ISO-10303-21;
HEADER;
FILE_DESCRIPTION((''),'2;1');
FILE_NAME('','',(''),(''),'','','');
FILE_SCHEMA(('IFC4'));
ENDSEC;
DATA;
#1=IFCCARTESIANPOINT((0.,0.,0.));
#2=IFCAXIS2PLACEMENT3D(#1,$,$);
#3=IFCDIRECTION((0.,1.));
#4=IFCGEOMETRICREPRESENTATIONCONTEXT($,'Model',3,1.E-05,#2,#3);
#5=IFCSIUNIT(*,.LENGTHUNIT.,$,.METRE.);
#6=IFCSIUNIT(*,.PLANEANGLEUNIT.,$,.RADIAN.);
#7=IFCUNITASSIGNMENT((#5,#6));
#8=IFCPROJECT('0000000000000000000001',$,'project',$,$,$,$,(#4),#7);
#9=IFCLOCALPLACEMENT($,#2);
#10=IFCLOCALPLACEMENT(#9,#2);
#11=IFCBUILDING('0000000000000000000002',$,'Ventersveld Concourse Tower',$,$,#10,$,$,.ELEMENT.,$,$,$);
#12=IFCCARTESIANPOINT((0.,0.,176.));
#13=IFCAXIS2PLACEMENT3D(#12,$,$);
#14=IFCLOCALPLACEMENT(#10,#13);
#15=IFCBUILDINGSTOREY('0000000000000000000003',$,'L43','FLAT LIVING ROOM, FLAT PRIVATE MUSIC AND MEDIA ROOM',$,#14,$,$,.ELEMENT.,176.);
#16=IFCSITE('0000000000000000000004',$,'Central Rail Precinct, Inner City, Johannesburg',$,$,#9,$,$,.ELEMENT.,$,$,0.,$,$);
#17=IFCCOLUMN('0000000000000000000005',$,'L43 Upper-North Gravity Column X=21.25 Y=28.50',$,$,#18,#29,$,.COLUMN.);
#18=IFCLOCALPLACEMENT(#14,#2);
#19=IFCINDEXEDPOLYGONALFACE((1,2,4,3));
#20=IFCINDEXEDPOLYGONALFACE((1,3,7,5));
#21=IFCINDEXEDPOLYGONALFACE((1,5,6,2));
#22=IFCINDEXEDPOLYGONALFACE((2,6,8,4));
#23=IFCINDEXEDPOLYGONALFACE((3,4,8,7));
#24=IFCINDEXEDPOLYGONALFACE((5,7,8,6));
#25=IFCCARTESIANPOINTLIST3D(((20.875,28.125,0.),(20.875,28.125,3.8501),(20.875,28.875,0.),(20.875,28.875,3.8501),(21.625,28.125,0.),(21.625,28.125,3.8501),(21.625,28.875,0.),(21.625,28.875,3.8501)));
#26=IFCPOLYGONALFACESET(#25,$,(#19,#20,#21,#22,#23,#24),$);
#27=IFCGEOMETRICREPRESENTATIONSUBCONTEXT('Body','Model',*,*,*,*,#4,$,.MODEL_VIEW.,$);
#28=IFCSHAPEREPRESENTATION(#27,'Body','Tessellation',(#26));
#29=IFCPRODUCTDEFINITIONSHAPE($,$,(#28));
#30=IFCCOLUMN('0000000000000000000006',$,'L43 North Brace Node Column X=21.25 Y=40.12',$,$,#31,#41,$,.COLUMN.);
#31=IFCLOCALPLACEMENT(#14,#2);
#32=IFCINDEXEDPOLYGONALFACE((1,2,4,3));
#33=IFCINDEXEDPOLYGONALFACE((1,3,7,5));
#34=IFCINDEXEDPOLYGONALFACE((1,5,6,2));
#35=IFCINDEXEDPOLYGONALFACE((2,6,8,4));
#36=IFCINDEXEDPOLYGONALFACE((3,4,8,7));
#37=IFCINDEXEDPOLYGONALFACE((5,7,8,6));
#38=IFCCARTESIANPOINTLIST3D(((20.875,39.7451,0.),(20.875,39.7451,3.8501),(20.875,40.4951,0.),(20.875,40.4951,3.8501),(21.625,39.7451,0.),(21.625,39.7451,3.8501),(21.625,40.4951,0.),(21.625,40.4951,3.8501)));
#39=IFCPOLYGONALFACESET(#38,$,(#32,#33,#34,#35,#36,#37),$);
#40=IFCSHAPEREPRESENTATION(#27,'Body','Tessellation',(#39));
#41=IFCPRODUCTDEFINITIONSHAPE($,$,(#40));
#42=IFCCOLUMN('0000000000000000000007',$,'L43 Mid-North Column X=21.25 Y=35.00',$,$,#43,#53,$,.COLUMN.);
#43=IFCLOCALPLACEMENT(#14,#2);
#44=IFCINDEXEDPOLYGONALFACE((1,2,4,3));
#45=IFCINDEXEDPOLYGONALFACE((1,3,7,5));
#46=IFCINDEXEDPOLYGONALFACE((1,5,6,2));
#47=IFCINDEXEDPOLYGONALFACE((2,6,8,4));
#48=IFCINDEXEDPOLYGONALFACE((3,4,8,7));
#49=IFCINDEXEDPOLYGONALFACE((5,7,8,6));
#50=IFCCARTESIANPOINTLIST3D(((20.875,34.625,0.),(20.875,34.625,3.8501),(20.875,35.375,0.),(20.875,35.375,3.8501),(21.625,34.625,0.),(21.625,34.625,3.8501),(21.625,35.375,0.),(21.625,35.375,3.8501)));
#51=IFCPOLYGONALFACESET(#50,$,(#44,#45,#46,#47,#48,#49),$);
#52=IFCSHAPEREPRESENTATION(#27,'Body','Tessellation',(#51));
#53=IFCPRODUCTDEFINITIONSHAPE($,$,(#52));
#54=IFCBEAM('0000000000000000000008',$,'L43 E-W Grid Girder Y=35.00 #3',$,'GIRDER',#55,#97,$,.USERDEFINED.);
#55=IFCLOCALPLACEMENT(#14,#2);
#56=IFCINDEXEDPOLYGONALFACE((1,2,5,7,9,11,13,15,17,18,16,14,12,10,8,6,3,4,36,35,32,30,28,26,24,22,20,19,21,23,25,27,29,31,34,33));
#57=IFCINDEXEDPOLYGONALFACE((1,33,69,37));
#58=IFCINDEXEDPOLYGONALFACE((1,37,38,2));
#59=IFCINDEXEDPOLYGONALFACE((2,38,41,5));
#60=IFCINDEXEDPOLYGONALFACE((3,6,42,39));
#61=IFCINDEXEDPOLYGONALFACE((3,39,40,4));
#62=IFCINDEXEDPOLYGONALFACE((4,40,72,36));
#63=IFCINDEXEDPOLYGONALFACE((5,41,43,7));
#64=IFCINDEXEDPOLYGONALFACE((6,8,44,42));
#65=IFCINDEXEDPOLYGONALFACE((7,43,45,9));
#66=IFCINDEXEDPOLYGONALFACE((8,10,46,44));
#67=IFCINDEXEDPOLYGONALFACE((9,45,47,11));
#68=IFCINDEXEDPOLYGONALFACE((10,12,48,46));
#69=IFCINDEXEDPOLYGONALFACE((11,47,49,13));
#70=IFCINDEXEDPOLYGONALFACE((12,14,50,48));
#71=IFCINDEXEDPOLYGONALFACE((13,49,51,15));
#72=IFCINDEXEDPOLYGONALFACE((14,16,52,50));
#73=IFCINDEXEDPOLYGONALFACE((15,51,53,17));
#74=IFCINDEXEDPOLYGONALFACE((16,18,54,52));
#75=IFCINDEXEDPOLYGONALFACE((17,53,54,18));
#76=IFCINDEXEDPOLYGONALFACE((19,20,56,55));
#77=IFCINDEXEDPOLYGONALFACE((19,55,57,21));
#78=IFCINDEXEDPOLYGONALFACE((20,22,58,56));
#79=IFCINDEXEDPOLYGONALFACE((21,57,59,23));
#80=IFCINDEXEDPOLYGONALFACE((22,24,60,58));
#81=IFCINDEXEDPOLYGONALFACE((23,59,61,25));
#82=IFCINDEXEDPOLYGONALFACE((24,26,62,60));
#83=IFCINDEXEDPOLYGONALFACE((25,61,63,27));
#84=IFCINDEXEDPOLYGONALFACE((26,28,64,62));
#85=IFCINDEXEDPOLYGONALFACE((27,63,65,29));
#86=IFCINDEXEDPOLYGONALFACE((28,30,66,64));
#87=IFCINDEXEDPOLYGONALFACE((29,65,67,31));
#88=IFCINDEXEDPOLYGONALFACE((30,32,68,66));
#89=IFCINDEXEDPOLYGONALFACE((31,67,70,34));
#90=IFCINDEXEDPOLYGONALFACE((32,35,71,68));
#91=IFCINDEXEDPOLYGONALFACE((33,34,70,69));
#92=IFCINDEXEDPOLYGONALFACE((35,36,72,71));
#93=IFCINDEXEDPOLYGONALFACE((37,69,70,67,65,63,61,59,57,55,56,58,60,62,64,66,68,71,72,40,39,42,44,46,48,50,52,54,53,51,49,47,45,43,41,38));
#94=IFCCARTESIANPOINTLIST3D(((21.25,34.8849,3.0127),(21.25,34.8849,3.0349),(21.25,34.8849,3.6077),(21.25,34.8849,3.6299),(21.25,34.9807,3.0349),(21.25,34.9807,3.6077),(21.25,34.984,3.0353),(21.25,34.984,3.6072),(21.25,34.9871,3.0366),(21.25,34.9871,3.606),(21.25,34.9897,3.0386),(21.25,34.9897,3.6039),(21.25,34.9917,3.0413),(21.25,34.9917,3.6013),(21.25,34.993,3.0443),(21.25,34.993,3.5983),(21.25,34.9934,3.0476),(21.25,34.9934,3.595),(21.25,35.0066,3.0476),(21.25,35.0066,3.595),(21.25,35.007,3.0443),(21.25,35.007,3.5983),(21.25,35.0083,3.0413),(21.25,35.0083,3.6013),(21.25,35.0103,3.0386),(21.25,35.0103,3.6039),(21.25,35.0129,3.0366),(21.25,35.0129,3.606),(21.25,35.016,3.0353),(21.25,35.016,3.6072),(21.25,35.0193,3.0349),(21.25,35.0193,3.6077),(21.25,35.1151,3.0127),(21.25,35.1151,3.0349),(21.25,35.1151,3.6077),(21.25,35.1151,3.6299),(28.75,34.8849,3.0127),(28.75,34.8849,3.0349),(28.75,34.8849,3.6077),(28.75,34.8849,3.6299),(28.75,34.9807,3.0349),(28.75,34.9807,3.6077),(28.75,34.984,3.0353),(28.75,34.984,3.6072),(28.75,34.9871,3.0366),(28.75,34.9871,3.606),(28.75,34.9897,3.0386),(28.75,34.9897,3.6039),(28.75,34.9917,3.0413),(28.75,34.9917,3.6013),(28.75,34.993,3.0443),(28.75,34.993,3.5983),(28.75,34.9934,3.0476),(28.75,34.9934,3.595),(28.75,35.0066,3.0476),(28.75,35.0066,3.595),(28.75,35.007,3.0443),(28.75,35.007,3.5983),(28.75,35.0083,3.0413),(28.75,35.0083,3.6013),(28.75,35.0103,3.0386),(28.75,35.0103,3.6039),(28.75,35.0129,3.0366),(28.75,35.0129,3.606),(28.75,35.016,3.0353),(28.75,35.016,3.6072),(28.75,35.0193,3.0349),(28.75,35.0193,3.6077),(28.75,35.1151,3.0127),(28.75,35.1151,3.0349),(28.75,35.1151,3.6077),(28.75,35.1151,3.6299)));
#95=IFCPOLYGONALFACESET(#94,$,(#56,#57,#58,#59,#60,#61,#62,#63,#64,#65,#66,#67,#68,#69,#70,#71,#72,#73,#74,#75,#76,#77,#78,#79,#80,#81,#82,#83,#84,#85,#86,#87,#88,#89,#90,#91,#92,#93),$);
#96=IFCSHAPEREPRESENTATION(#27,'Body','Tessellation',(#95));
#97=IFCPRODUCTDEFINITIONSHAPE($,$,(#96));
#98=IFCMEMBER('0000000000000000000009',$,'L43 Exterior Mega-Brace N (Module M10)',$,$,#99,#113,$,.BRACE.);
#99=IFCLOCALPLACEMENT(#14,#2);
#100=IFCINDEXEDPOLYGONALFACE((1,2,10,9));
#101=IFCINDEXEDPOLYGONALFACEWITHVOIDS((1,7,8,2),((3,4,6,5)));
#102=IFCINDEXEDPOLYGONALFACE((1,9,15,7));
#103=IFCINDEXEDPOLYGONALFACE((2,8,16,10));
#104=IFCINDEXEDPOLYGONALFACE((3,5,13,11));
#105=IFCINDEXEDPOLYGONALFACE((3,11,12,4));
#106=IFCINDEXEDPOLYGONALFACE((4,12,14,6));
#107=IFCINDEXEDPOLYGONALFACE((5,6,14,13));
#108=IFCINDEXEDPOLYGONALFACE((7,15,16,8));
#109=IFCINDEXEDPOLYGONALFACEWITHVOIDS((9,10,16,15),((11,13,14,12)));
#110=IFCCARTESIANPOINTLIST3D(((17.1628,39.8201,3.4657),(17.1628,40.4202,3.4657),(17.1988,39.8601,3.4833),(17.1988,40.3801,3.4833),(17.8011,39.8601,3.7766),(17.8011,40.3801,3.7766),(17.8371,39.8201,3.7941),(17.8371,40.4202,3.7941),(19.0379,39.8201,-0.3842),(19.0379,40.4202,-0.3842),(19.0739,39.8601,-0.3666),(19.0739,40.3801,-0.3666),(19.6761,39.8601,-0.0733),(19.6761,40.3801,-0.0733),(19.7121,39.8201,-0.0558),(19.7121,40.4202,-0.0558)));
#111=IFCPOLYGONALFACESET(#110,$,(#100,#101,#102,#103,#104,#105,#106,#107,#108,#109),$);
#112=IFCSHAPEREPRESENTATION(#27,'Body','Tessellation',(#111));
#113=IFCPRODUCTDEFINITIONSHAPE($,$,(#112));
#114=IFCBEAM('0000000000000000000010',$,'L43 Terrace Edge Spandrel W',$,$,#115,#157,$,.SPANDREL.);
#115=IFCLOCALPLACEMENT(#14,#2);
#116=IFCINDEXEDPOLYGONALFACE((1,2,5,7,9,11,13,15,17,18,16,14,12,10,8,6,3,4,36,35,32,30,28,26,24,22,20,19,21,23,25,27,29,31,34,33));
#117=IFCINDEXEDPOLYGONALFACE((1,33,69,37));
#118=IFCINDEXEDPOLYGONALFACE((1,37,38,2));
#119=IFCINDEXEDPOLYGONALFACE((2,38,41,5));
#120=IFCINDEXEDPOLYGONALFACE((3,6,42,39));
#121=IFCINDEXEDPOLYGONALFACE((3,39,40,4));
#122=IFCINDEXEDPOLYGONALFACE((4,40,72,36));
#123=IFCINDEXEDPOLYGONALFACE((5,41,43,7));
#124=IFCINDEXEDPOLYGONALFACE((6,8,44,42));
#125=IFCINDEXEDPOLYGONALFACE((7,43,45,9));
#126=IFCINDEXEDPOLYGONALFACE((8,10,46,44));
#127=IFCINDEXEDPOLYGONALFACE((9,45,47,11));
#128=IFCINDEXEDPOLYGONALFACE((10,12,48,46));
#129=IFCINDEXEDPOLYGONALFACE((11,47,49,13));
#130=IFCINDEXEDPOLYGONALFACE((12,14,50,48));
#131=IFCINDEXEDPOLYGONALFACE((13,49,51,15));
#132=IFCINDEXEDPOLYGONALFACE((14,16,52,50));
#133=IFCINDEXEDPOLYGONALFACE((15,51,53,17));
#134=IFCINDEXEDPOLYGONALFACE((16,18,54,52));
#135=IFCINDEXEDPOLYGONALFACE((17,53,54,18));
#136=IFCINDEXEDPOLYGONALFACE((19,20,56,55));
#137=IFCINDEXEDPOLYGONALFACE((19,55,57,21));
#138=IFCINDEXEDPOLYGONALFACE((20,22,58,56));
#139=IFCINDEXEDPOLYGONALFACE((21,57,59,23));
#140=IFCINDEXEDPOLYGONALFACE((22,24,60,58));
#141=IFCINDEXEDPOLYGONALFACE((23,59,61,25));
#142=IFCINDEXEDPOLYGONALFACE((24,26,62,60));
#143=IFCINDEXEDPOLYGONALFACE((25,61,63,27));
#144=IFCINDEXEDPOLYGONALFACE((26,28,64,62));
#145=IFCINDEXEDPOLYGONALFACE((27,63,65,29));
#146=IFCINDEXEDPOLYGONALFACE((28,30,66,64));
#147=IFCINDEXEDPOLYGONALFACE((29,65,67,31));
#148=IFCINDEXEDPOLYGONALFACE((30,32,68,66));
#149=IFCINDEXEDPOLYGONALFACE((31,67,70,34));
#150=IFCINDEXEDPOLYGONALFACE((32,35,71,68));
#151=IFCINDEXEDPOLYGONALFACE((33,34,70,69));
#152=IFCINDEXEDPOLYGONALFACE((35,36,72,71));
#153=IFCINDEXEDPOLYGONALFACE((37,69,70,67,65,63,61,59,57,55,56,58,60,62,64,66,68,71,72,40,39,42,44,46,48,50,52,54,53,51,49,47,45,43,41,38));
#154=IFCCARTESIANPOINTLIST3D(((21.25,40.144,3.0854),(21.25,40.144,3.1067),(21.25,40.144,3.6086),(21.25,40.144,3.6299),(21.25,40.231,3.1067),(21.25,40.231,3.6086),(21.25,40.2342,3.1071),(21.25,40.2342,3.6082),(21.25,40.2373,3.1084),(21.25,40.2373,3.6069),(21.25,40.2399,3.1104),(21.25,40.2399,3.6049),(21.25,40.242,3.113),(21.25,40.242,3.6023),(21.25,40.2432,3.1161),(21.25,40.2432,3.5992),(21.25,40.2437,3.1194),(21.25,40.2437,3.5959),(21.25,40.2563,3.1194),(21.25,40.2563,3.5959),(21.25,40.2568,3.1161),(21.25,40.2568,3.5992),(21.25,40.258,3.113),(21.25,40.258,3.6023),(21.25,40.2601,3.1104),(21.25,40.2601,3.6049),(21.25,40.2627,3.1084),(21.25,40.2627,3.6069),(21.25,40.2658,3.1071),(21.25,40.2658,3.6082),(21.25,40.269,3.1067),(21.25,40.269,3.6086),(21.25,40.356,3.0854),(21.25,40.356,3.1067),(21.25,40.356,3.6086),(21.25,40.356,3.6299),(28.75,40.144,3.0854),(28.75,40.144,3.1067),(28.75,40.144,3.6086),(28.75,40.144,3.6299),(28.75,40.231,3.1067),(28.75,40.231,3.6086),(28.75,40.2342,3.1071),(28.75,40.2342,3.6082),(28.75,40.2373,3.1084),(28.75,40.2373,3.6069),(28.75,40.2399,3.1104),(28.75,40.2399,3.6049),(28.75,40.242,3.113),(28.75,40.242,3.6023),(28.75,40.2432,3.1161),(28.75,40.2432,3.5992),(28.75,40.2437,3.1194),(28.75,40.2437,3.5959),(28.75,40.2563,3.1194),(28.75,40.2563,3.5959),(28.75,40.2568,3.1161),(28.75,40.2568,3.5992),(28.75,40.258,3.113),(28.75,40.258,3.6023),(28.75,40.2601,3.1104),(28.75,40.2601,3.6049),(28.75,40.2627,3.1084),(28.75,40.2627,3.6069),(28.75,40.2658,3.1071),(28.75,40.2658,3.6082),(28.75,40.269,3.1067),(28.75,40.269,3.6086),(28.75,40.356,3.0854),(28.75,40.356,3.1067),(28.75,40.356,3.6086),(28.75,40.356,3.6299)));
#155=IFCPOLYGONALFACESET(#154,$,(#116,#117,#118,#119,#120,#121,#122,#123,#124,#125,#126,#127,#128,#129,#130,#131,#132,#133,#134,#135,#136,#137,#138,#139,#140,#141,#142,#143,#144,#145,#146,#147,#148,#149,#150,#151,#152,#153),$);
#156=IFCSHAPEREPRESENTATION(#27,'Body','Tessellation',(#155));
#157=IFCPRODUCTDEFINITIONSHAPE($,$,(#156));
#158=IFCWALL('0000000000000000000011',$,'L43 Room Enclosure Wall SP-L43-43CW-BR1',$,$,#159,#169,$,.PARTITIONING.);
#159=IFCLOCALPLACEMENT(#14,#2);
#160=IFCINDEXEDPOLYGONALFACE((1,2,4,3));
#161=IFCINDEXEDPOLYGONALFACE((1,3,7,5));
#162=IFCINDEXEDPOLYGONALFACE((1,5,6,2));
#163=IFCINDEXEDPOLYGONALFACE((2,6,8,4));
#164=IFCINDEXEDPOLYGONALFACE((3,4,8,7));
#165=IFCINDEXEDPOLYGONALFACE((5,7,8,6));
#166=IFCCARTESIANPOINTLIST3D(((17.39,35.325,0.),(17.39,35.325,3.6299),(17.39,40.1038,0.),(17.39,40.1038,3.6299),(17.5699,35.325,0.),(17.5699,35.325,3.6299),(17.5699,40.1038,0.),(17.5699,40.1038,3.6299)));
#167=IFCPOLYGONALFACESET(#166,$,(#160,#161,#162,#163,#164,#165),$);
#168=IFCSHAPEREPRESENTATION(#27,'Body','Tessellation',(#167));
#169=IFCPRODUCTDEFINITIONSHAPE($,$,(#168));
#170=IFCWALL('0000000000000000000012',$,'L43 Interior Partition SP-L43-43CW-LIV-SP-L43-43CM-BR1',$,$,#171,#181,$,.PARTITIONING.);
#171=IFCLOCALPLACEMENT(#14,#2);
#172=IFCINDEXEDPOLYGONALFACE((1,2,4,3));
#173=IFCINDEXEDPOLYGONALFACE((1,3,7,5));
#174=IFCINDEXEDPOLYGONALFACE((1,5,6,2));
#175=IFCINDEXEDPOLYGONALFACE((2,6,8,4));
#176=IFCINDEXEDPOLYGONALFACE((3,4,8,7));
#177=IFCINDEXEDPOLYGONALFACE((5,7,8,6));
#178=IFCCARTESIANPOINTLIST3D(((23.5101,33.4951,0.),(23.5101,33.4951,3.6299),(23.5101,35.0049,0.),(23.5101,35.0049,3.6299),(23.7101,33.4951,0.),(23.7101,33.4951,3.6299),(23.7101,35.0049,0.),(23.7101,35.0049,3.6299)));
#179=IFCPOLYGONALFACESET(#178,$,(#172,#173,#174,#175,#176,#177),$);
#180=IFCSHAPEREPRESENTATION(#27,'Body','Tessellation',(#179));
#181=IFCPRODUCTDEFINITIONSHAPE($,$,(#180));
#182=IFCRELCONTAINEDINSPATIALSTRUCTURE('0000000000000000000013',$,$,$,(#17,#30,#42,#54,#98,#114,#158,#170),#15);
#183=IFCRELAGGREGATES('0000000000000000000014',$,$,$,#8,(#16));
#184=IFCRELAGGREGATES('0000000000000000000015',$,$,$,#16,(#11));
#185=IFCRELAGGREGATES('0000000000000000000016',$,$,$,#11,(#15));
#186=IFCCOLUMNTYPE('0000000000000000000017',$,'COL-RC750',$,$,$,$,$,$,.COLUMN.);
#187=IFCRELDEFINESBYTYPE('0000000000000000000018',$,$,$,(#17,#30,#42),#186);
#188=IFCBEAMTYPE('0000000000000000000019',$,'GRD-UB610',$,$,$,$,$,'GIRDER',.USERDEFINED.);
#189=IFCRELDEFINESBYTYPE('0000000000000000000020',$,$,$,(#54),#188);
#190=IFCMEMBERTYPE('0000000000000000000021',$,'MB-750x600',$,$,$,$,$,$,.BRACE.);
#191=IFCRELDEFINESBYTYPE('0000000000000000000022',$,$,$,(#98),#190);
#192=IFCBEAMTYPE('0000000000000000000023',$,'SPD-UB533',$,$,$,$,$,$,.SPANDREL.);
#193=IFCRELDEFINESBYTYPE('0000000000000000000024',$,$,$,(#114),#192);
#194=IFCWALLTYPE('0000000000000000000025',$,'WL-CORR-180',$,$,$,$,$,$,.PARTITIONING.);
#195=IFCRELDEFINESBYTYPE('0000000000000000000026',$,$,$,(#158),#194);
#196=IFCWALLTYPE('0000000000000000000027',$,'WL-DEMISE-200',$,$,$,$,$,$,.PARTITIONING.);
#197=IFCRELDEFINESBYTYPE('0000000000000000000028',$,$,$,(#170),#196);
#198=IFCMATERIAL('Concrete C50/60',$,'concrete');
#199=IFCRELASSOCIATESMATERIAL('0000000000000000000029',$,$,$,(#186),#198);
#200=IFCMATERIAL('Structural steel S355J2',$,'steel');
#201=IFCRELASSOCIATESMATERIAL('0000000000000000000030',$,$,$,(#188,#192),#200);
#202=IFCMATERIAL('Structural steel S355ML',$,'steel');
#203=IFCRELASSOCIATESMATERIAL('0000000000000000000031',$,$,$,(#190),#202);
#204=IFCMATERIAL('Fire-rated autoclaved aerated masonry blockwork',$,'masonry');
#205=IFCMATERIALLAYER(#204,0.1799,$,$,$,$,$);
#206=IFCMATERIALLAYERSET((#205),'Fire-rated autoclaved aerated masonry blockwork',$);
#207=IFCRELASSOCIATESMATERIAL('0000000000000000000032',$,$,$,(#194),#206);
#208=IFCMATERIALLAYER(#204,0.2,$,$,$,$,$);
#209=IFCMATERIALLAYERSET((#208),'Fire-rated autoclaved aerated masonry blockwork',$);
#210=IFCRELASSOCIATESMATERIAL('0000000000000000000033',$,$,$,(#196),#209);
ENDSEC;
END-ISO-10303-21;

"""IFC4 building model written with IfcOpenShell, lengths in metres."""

from ifc_helpers import new_model, si_unit, direction, frame, frame_2d, origin, origin_2d, place, context, subcontext, project, spatial, rectangle, hollow_rectangle, i_section, extrude, material, layer, layer_set, material_profile, profile_set, type_object, element, save


model = new_model("IFC4")

# Units and contexts
model_context = context("Model", 3, precision=1e-05, world=origin(), true_north=direction((0.0, 1.0)))
body_context = subcontext(model_context, "Body", "Model", "MODEL_VIEW")
ifc_project = project(units=[si_unit("LENGTHUNIT", "METRE"), si_unit("PLANEANGLEUNIT", "RADIAN")], contexts=[model_context])

# Site, building, storey
site_placement = place(None, origin())
site = spatial("IfcSite", under=ifc_project, at=site_placement, Name="Central Rail Precinct, Inner City, Johannesburg", CompositionType="ELEMENT", RefElevation=0.0)
building_placement = place(site_placement, origin())
building = spatial("IfcBuilding", under=site, at=building_placement, Name="Ventersveld Concourse Tower", CompositionType="ELEMENT")
storey_placement = place(building_placement, frame((0.0, 0.0, 176.0)))
storey = spatial("IfcBuildingStorey", under=building, at=storey_placement, Name="L43", Description="FLAT LIVING ROOM, FLAT PRIVATE MUSIC AND MEDIA ROOM", CompositionType="ELEMENT", Elevation=176.0)

# Columns
ifc_material_1 = material(Name="Concrete C50/60", Category="concrete")
ifc_material_profile_1 = material_profile(ifc_material_1, rectangle(XDim=0.75, YDim=0.75, at=origin_2d()), Name="RC 750x750")
ifc_profile_set_1 = profile_set([ifc_material_profile_1], Name="Concrete C50/60")
column_type = type_object("IfcColumnType", Name="COL-RC750", PredefinedType="COLUMN", material=ifc_profile_set_1)
for number, where, z_axis, x_axis, name in (
    (1, (21.25, 28.5, 0.0), (0.0, 0.0, 1.0), (1.0, 0.0, 0.0), "L43 Upper-North Gravity Column X=21.25 Y=28.50"),
    (2, (21.25, 40.1201, 0.0), (0.0, 0.0, 1.0), (1.0, 0.0, 0.0), "L43 North Brace Node Column X=21.25 Y=40.12"),
    (3, (21.25, 35.0, 0.0), (0.0, 0.0, 1.0), (1.0, 0.0, 0.0), "L43 Mid-North Column X=21.25 Y=35.00"),
):
    element("IfcColumn", number, at=place(storey_placement, frame(where, z_axis=z_axis, x_axis=x_axis)), inside=storey, type_object=column_type, Name=name, PredefinedType="COLUMN", context=body_context, shape_type="SweptSolid", body=[
        extrude(rectangle(XDim=0.75, YDim=0.75, at=origin_2d()), origin(), (0.0, 0.0, 1.0), 3.8501),
    ])

# Beam
ifc_material_2 = material(Name="Structural steel S355J2", Category="steel")
ifc_material_profile_2 = material_profile(ifc_material_2, i_section(OverallWidth=0.2302, OverallDepth=0.6172, WebThickness=0.0132, FlangeThickness=0.0222, FilletRadius=0.0127, at=origin_2d()), Name="UB 610x229x140")
ifc_profile_set_2 = profile_set([ifc_material_profile_2], Name="Structural steel S355J2")
beam_type_1 = type_object("IfcBeamType", Name="GRD-UB610", ElementType="GIRDER", PredefinedType="USERDEFINED", material=ifc_profile_set_2)
beam_1_placement = place(storey_placement, frame((21.25, 35.0, 3.3213), z_axis=(1.0, 0.0, 0.0), x_axis=(0.0, 1.0, 0.0)))
element("IfcBeam", 4, at=beam_1_placement, inside=storey, type_object=beam_type_1, Name="L43 E-W Grid Girder Y=35.00 #3", ObjectType="GIRDER", PredefinedType="USERDEFINED", context=body_context, shape_type="SweptSolid", body=[
    extrude(i_section(OverallWidth=0.2302, OverallDepth=0.6172, WebThickness=0.0132, FlangeThickness=0.0222, FilletRadius=0.0127, at=origin_2d()), origin(), (0.0, 0.0, 1.0), 7.5),
])

# Member
ifc_material_3 = material(Name="Structural steel S355ML", Category="steel")
ifc_material_profile_3 = material_profile(ifc_material_3, hollow_rectangle(XDim=0.6001, YDim=0.75, WallThickness=0.04, at=origin_2d()), Name="BOX 750x600x40")
ifc_profile_set_3 = profile_set([ifc_material_profile_3], Name="Structural steel S355ML")
member_type = type_object("IfcMemberType", Name="MB-750x600", PredefinedType="BRACE", material=ifc_profile_set_3)
member_placement = place(storey_placement, frame((19.375, 40.1201, -0.22), z_axis=(-0.437862, 0.0, 0.899042), x_axis=(0.0, -1.0, 0.0)))
element("IfcMember", 5, at=member_placement, inside=storey, type_object=member_type, Name="L43 Exterior Mega-Brace N (Module M10)", PredefinedType="BRACE", context=body_context, shape_type="SweptSolid", body=[
    extrude(hollow_rectangle(XDim=0.6001, YDim=0.75, WallThickness=0.04, at=origin_2d()), origin(), (0.0, 0.0, 1.0), 4.2822),
])

# Beam
ifc_material_profile_4 = material_profile(ifc_material_2, i_section(OverallWidth=0.2119, OverallDepth=0.5444, WebThickness=0.0127, FlangeThickness=0.0212, FilletRadius=0.0127, at=origin_2d()), Name="UB 533x210x122")
ifc_profile_set_4 = profile_set([ifc_material_profile_4], Name="Structural steel S355J2")
beam_type_2 = type_object("IfcBeamType", Name="SPD-UB533", PredefinedType="SPANDREL", material=ifc_profile_set_4)
beam_2_placement = place(storey_placement, frame((21.25, 40.25, 3.3577), z_axis=(1.0, 0.0, 0.0), x_axis=(0.0, 1.0, 0.0)))
element("IfcBeam", 6, at=beam_2_placement, inside=storey, type_object=beam_type_2, Name="L43 Terrace Edge Spandrel W", PredefinedType="SPANDREL", context=body_context, shape_type="SweptSolid", body=[
    extrude(i_section(OverallWidth=0.2119, OverallDepth=0.5444, WebThickness=0.0127, FlangeThickness=0.0212, FilletRadius=0.0127, at=origin_2d()), origin(), (0.0, 0.0, 1.0), 7.5),
])

# Walls
ifc_material_4 = material(Name="Fire-rated autoclaved aerated masonry blockwork", Category="masonry")
ifc_layer_1 = layer(ifc_material_4, 0.1799)
ifc_layer_set_1 = layer_set([ifc_layer_1], Name="Fire-rated autoclaved aerated masonry blockwork")
wall_type_1 = type_object("IfcWallType", Name="WL-CORR-180", PredefinedType="PARTITIONING", material=ifc_layer_set_1)
wall_1_placement = place(storey_placement, frame((17.48, 35.325, 0.0), z_axis=(0.0, 0.0, 1.0), x_axis=(0.0, 1.0, 0.0)))
element("IfcWall", 7, at=wall_1_placement, inside=storey, type_object=wall_type_1, Name="L43 Room Enclosure Wall SP-L43-43CW-BR1", PredefinedType="PARTITIONING", context=body_context, shape_type="SweptSolid", body=[
    extrude(rectangle(XDim=4.7788, YDim=0.1799, at=frame_2d((2.3894, 0.0))), origin(), (0.0, 0.0, 1.0), 3.6299),
])
ifc_layer_2 = layer(ifc_material_4, 0.2)
ifc_layer_set_2 = layer_set([ifc_layer_2], Name="Fire-rated autoclaved aerated masonry blockwork")
wall_type_2 = type_object("IfcWallType", Name="WL-DEMISE-200", PredefinedType="PARTITIONING", material=ifc_layer_set_2)
wall_2_placement = place(storey_placement, frame((23.6101, 33.4951, 0.0), z_axis=(0.0, 0.0, 1.0), x_axis=(0.0, 1.0, 0.0)))
element("IfcWall", 8, at=wall_2_placement, inside=storey, type_object=wall_type_2, Name="L43 Interior Partition SP-L43-43CW-LIV-SP-L43-43CM-BR1", PredefinedType="PARTITIONING", context=body_context, shape_type="SweptSolid", body=[
    extrude(rectangle(XDim=1.5098, YDim=0.2, at=frame_2d((0.7549, 0.0))), origin(), (0.0, 0.0, 1.0), 3.6299),
])

save(model, "model.ifc")
